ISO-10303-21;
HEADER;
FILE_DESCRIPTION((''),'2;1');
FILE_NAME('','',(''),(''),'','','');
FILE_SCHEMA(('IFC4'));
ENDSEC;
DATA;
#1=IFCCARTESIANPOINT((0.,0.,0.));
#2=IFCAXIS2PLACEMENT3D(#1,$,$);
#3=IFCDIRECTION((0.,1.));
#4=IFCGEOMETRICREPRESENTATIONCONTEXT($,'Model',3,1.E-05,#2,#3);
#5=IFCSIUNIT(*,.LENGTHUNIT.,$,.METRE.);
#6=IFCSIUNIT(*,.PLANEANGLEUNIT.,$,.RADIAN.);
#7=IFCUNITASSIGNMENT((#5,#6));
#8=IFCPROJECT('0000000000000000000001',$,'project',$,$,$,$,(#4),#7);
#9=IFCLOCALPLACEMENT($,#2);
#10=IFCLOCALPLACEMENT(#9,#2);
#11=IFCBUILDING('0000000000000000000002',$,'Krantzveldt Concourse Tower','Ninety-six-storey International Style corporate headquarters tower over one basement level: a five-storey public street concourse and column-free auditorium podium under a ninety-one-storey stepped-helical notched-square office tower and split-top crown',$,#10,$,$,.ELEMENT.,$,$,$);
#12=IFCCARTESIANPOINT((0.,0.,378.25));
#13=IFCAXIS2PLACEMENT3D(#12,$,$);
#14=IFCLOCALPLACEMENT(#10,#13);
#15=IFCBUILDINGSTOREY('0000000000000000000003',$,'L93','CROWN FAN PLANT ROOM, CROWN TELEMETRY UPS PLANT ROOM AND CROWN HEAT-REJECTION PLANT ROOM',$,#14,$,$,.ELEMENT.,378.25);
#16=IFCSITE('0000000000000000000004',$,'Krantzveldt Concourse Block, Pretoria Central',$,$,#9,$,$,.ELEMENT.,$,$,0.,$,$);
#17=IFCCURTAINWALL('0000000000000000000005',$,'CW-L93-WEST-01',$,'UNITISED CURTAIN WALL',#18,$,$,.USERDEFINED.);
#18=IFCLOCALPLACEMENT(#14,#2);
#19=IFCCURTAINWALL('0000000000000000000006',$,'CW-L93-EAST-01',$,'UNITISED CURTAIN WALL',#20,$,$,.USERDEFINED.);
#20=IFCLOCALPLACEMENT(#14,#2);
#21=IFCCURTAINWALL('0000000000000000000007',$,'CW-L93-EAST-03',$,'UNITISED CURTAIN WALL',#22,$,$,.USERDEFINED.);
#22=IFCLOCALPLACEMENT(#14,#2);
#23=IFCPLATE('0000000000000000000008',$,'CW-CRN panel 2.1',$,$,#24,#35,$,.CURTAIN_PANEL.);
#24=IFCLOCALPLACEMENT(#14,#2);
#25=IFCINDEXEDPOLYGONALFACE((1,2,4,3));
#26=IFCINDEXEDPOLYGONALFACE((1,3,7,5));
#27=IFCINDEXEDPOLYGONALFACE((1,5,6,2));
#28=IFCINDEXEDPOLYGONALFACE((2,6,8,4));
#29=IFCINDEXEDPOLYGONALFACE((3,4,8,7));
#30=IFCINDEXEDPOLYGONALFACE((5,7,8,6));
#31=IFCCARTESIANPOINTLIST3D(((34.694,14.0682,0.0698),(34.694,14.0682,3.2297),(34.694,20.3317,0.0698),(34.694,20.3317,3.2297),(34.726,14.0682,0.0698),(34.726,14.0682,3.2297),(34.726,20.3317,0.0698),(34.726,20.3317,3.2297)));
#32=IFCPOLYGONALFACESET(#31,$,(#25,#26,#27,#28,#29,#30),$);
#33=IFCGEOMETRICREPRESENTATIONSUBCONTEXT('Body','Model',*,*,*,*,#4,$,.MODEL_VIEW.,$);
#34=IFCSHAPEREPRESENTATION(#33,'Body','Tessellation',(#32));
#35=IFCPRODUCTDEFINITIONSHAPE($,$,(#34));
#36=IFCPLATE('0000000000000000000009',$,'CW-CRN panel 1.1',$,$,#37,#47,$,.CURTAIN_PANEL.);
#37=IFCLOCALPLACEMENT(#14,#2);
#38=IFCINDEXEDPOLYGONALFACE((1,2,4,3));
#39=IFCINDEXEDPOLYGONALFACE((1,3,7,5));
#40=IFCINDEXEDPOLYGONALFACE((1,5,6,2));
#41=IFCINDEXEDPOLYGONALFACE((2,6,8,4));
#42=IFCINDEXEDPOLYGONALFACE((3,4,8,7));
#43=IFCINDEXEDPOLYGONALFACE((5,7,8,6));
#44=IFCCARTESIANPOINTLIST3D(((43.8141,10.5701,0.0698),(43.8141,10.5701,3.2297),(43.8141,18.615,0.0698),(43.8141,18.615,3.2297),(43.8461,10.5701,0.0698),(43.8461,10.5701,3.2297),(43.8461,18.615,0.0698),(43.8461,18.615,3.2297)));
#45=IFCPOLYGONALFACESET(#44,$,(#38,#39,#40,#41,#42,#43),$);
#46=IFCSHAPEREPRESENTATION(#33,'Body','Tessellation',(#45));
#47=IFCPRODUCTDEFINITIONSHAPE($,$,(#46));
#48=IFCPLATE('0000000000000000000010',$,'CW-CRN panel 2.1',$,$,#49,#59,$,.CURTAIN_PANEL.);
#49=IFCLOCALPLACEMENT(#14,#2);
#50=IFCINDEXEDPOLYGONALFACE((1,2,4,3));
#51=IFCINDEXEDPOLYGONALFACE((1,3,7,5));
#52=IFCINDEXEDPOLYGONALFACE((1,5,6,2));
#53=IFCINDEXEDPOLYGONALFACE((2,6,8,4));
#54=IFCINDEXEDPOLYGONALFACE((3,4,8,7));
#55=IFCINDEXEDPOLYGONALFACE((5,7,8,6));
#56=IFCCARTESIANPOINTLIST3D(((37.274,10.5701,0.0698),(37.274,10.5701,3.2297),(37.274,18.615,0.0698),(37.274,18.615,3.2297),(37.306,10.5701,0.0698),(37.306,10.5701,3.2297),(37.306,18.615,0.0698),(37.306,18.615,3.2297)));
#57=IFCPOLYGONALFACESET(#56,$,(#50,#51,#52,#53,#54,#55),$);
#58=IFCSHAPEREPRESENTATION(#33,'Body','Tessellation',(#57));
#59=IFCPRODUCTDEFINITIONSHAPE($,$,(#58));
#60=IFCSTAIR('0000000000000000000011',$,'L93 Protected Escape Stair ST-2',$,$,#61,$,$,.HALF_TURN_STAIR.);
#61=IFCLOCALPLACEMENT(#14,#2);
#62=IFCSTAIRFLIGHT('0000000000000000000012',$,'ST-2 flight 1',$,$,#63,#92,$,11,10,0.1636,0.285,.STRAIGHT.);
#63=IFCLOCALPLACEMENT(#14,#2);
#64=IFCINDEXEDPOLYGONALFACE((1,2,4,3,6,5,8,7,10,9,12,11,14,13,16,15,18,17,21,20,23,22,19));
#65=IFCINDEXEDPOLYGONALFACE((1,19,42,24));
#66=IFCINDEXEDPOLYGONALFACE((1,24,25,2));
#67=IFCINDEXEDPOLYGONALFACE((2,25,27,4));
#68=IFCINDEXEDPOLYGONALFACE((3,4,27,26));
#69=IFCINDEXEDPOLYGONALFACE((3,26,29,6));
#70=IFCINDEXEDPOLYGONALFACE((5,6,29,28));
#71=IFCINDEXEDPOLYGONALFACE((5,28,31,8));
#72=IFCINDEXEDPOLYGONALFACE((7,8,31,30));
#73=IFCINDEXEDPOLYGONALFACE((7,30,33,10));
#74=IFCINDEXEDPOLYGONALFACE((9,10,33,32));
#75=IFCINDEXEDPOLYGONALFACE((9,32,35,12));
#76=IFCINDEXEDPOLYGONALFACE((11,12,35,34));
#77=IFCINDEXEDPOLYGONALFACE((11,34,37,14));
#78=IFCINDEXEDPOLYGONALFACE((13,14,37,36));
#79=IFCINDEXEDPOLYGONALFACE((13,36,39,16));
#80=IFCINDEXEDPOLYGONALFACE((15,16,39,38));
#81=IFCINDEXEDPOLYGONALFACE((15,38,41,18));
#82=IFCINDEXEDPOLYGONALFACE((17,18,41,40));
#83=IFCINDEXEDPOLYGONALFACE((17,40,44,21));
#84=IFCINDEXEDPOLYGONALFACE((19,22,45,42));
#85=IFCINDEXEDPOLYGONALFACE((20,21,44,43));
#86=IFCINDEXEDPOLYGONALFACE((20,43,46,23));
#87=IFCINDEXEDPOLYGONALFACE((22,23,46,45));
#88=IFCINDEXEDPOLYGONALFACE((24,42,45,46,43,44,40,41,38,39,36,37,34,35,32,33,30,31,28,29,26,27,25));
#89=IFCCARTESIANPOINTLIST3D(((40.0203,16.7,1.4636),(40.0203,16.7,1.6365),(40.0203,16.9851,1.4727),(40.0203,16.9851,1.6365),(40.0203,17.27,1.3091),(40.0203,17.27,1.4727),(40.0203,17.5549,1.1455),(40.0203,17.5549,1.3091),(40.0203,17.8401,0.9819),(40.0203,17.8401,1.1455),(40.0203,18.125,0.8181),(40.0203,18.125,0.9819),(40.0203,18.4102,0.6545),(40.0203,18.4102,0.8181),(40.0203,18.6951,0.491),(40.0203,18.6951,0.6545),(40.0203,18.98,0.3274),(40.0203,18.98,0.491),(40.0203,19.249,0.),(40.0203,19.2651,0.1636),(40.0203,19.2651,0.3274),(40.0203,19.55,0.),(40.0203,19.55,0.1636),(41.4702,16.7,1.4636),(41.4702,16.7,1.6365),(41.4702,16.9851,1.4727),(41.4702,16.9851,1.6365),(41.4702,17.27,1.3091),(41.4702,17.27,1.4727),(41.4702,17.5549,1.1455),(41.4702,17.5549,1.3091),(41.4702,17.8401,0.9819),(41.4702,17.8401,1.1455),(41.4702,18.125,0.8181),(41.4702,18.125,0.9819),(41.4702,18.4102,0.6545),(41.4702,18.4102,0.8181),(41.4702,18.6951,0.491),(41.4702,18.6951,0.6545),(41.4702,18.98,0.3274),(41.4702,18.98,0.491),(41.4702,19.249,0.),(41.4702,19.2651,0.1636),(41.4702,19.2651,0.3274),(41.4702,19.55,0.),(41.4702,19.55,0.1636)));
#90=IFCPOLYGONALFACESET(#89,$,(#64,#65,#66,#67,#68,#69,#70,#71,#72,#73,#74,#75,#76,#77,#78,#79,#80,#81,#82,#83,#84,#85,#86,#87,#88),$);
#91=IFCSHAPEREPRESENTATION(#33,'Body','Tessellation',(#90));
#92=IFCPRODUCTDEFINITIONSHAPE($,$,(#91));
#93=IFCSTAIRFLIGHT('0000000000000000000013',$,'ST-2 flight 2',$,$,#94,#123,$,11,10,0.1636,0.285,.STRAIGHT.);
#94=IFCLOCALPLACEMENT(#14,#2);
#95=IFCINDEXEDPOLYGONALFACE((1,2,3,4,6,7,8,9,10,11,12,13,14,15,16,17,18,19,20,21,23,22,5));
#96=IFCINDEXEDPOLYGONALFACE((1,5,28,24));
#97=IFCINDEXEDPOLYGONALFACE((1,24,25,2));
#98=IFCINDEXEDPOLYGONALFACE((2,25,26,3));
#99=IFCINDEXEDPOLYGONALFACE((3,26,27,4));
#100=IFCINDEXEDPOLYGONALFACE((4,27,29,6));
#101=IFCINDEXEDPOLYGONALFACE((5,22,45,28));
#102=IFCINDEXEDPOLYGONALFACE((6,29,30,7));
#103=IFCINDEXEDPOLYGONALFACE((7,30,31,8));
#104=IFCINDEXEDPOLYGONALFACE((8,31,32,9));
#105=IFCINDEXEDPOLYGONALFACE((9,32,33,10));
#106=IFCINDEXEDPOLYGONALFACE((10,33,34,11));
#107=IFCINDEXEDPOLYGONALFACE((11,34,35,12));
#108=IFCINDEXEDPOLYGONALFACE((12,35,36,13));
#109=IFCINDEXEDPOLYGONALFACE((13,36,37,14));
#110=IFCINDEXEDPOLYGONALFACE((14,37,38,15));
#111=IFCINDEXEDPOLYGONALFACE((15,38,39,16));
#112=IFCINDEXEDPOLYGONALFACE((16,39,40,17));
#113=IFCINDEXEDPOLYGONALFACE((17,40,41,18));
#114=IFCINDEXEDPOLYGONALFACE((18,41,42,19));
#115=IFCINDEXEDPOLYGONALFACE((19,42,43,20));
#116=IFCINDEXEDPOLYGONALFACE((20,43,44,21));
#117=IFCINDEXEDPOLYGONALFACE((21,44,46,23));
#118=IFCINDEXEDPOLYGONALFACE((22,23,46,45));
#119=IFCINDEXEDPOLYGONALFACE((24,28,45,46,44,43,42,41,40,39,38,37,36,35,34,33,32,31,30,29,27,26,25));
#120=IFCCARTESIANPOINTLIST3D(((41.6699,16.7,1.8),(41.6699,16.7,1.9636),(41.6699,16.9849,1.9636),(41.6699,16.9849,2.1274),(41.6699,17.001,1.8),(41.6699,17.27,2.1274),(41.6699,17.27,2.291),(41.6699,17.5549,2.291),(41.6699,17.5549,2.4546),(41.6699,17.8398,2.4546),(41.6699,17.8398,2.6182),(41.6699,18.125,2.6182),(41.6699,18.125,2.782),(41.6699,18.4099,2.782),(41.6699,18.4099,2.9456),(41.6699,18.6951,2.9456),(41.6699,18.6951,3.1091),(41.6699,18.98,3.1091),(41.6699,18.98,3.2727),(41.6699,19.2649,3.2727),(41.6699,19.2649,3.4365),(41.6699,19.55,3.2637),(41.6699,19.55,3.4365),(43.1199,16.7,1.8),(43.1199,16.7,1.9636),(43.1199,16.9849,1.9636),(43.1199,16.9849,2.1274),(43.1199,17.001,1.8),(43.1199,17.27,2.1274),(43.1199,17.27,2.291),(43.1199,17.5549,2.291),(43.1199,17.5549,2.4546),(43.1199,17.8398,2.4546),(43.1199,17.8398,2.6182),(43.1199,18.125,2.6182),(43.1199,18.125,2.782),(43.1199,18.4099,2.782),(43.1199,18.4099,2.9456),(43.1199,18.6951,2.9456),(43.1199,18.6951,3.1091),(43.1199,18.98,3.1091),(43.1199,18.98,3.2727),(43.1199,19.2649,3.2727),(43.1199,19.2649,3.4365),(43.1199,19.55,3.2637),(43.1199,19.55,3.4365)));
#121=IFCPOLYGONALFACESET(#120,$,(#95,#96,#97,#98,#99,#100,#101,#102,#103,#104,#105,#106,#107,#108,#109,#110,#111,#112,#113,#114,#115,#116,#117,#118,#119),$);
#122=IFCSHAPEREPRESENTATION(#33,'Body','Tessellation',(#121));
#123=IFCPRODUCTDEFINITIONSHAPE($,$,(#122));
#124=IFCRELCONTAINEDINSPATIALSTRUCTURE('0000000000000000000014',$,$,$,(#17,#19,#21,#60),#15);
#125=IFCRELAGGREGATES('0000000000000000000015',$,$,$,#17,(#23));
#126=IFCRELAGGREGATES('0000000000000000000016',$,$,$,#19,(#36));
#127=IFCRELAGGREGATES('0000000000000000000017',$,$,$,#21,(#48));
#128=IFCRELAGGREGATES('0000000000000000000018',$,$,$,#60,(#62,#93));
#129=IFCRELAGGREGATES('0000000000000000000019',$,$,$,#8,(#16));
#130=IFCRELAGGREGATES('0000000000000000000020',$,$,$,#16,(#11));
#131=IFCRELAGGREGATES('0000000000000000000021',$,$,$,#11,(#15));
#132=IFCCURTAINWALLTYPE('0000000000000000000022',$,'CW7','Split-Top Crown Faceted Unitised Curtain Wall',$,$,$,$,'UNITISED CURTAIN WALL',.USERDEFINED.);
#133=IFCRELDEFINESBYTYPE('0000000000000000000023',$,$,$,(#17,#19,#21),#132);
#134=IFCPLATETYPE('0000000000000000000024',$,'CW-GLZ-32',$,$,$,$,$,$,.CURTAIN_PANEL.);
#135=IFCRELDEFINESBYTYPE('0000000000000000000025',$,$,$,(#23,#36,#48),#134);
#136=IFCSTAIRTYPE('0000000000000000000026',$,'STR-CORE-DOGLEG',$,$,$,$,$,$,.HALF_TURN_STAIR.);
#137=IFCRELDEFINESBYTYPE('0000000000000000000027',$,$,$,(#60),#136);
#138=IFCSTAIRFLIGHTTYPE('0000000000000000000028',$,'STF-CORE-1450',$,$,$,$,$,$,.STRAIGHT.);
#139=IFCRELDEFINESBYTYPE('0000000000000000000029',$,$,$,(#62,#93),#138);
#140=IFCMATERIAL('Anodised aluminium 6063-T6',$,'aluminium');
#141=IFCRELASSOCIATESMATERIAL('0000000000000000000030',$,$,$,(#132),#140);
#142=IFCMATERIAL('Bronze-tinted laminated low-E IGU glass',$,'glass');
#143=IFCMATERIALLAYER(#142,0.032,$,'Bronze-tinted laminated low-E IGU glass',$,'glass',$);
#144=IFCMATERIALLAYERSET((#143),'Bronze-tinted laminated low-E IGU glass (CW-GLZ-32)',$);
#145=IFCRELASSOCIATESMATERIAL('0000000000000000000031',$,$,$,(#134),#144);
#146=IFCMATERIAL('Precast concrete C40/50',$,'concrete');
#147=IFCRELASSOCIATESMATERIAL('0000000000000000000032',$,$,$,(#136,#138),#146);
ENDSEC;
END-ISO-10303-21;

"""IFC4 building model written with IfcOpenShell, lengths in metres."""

from ifc_helpers import new_model, si_unit, direction, frame, origin, origin_2d, place, context, subcontext, project, spatial, polyline, rectangle, outline, extrude, source, transform, mapped, material, layer, layer_set, type_object, type_shapes, element, aggregate, save


model = new_model("IFC4")

# Units and contexts
model_context = context("Model", 3, precision=1e-05, world=origin(), true_north=direction((0.0, 1.0)))
body_context = subcontext(model_context, "Body", "Model", "MODEL_VIEW")
ifc_project = project(units=[si_unit("LENGTHUNIT", "METRE"), si_unit("PLANEANGLEUNIT", "RADIAN")], contexts=[model_context])

# Site, building, storey
site_placement = place(None, origin())
site = spatial("IfcSite", under=ifc_project, at=site_placement, Name="Krantzveldt Concourse Block, Pretoria Central", CompositionType="ELEMENT", RefElevation=0.0)
building_placement = place(site_placement, origin())
building = spatial("IfcBuilding", under=site, at=building_placement, Name="Krantzveldt Concourse Tower", Description="Ninety-six-storey International Style corporate headquarters tower over one basement level: a five-storey public street concourse and column-free auditorium podium under a ninety-one-storey stepped-helical notched-square office tower and split-top crown", CompositionType="ELEMENT")
storey_placement = place(building_placement, frame((0.0, 0.0, 378.25)))
storey = spatial("IfcBuildingStorey", under=building, at=storey_placement, Name="L93", Description="CROWN FAN PLANT ROOM, CROWN TELEMETRY UPS PLANT ROOM AND CROWN HEAT-REJECTION PLANT ROOM", CompositionType="ELEMENT", Elevation=378.25)

# Curtain wall
ifc_material_1 = material(Name="Anodised aluminium 6063-T6", Category="aluminium")
curtain_wall_type = type_object("IfcCurtainWallType", Name="CW7", Description="Split-Top Crown Faceted Unitised Curtain Wall", ElementType="UNITISED CURTAIN WALL", PredefinedType="USERDEFINED", material=ifc_material_1)
curtain_wall_1_placement = place(storey_placement, origin())
curtain_wall_1 = element("IfcCurtainWall", 1, at=curtain_wall_1_placement, inside=storey, type_object=curtain_wall_type, Name="CW-L93-WEST-01", ObjectType="UNITISED CURTAIN WALL", PredefinedType="USERDEFINED")

# Curtain walls
curtain_wall_2_placement = place(storey_placement, origin())
curtain_wall_2 = element("IfcCurtainWall", 2, at=curtain_wall_2_placement, inside=storey, type_object=curtain_wall_type, Name="CW-L93-EAST-01", ObjectType="UNITISED CURTAIN WALL", PredefinedType="USERDEFINED")
curtain_wall_3_placement = place(storey_placement, origin())
curtain_wall_3 = element("IfcCurtainWall", 3, at=curtain_wall_3_placement, inside=storey, type_object=curtain_wall_type, Name="CW-L93-EAST-03", ObjectType="UNITISED CURTAIN WALL", PredefinedType="USERDEFINED")

# Plates
ifc_material_2 = material(Name="Bronze-tinted laminated low-E IGU glass", Category="glass")
ifc_layer_1 = layer(ifc_material_2, 0.032, Name="Bronze-tinted laminated low-E IGU glass", Category="glass")
ifc_layer_set_1 = layer_set([ifc_layer_1], Name="Bronze-tinted laminated low-E IGU glass (CW-GLZ-32)")
plate_type = type_object("IfcPlateType", Name="CW-GLZ-32", PredefinedType="CURTAIN_PANEL", material=ifc_layer_set_1)
shared_shape_1 = source(origin(), body_context, "Body", "SweptSolid", [
    extrude(rectangle(XDim=6.2634, YDim=0.032, at=origin_2d()), origin(), (0.0, 0.0, 1.0), 3.1599),
])
plate_1_placement = place(storey_placement, frame((34.71, 17.2, 0.0698), z_axis=(0.0, 0.0, 1.0), x_axis=(0.0, 1.0, 0.0)))
plate_1 = element("IfcPlate", 4, at=plate_1_placement, type_object=plate_type, Name="CW-CRN panel 2.1", PredefinedType="CURTAIN_PANEL", context=body_context, shape_type="MappedRepresentation", body=[
    mapped(shared_shape_1, transform((0.0, 0.0, 0.0), x_axis=(1.0, 0.0, 0.0), y_axis=(0.0, 1.0, 0.0), z_axis=(0.0, 0.0, 1.0), scale=1.0)),
])
aggregate(curtain_wall_1, [plate_1])
shared_shape_2 = source(origin(), body_context, "Body", "SweptSolid", [
    extrude(rectangle(XDim=8.0449, YDim=0.032, at=origin_2d()), origin(), (0.0, 0.0, 1.0), 3.1599),
])
type_shapes(plate_type, [shared_shape_1, shared_shape_2])
plate_2_placement = place(storey_placement, frame((43.8301, 14.5925, 0.0698), z_axis=(0.0, 0.0, 1.0), x_axis=(0.0, 1.0, 0.0)))
plate_2 = element("IfcPlate", 5, at=plate_2_placement, type_object=plate_type, Name="CW-CRN panel 1.1", PredefinedType="CURTAIN_PANEL", context=body_context, shape_type="MappedRepresentation", body=[
    mapped(shared_shape_2, transform((0.0, 0.0, 0.0), x_axis=(1.0, 0.0, 0.0), y_axis=(0.0, 1.0, 0.0), z_axis=(0.0, 0.0, 1.0), scale=1.0)),
])
aggregate(curtain_wall_2, [plate_2])
plate_3_placement = place(storey_placement, frame((37.29, 14.5925, 0.0698), z_axis=(0.0, 0.0, 1.0), x_axis=(0.0, -1.0, 0.0)))
plate_3 = element("IfcPlate", 6, at=plate_3_placement, type_object=plate_type, Name="CW-CRN panel 2.1", PredefinedType="CURTAIN_PANEL", context=body_context, shape_type="MappedRepresentation", body=[
    mapped(shared_shape_2, transform((0.0, 0.0, 0.0), x_axis=(1.0, 0.0, 0.0), y_axis=(0.0, 1.0, 0.0), z_axis=(0.0, 0.0, 1.0), scale=1.0)),
])
aggregate(curtain_wall_3, [plate_3])

# Stair, stair flights
ifc_material_3 = material(Name="Precast concrete C40/50", Category="concrete")
stair_type = type_object("IfcStairType", Name="STR-CORE-DOGLEG", PredefinedType="HALF_TURN_STAIR", material=ifc_material_3)
stair_placement = place(storey_placement, origin())
stair = element("IfcStair", 7, at=stair_placement, inside=storey, type_object=stair_type, Name="L93 Protected Escape Stair ST-2", PredefinedType="HALF_TURN_STAIR")
stair_flight_type = type_object("IfcStairFlightType", Name="STF-CORE-1450", PredefinedType="STRAIGHT", material=ifc_material_3)
stair_flight_1_placement = place(storey_placement, frame((40.7451, 19.55, 0.0), z_axis=(0.0, 0.0, 1.0), x_axis=(0.0, -1.0, 0.0)))
stair_flight_1 = element("IfcStairFlight", 8, at=stair_flight_1_placement, type_object=stair_flight_type, Name="ST-2 flight 1", NumberOfRisers=11, NumberOfTreads=10, PredefinedType="STRAIGHT", RiserHeight=0.1636, TreadLength=0.285, context=body_context, shape_type="SweptSolid", body=[
    extrude(outline(polyline([(0.0, 0.0), (0.0, 0.1636), (0.2849, 0.1636), (0.2849, 0.3274), (0.5701, 0.3274), (0.5701, 0.491), (0.855, 0.491), (0.855, 0.6545), (1.1399, 0.6545), (1.1399, 0.8181), (1.425, 0.8181), (1.425, 0.9819), (1.71, 0.9819), (1.71, 1.1455), (1.9951, 1.1455), (1.9951, 1.3091), (2.28, 1.3091), (2.28, 1.4727), (2.5649, 1.4727), (2.5649, 1.6365), (2.8501, 1.6365), (2.8501, 1.8), (2.8501, 1.4636), (0.301, 0.0), (0.0, 0.0)])), frame((0.0, 0.7251, 0.0), z_axis=(0.0, -1.0, 0.0), x_axis=(1.0, 0.0, 0.0)), (0.0, 0.0, 1.0), 1.45),
])
stair_flight_2_placement = place(storey_placement, frame((42.395, 16.7, 1.8), z_axis=(0.0, 0.0, 1.0), x_axis=(0.0, 1.0, 0.0)))
stair_flight_2 = element("IfcStairFlight", 9, at=stair_flight_2_placement, type_object=stair_flight_type, Name="ST-2 flight 2", NumberOfRisers=11, NumberOfTreads=10, PredefinedType="STRAIGHT", RiserHeight=0.1636, TreadLength=0.285, context=body_context, shape_type="SweptSolid", body=[
    extrude(outline(polyline([(0.0, 0.0), (0.0, 0.1636), (0.2849, 0.1636), (0.2849, 0.3274), (0.5701, 0.3274), (0.5701, 0.491), (0.855, 0.491), (0.855, 0.6545), (1.1399, 0.6545), (1.1399, 0.8181), (1.425, 0.8181), (1.425, 0.9819), (1.71, 0.9819), (1.71, 1.1455), (1.9951, 1.1455), (1.9951, 1.3091), (2.28, 1.3091), (2.28, 1.4727), (2.5649, 1.4727), (2.5649, 1.6365), (2.8501, 1.6365), (2.8501, 1.8), (2.8501, 1.4636), (0.301, 0.0), (0.0, 0.0)])), frame((0.0, 0.7251, 0.0), z_axis=(0.0, -1.0, 0.0), x_axis=(1.0, 0.0, 0.0)), (0.0, 0.0, 1.0), 1.45),
])
aggregate(stair, [stair_flight_1, stair_flight_2])

save(model, "model.ifc")
